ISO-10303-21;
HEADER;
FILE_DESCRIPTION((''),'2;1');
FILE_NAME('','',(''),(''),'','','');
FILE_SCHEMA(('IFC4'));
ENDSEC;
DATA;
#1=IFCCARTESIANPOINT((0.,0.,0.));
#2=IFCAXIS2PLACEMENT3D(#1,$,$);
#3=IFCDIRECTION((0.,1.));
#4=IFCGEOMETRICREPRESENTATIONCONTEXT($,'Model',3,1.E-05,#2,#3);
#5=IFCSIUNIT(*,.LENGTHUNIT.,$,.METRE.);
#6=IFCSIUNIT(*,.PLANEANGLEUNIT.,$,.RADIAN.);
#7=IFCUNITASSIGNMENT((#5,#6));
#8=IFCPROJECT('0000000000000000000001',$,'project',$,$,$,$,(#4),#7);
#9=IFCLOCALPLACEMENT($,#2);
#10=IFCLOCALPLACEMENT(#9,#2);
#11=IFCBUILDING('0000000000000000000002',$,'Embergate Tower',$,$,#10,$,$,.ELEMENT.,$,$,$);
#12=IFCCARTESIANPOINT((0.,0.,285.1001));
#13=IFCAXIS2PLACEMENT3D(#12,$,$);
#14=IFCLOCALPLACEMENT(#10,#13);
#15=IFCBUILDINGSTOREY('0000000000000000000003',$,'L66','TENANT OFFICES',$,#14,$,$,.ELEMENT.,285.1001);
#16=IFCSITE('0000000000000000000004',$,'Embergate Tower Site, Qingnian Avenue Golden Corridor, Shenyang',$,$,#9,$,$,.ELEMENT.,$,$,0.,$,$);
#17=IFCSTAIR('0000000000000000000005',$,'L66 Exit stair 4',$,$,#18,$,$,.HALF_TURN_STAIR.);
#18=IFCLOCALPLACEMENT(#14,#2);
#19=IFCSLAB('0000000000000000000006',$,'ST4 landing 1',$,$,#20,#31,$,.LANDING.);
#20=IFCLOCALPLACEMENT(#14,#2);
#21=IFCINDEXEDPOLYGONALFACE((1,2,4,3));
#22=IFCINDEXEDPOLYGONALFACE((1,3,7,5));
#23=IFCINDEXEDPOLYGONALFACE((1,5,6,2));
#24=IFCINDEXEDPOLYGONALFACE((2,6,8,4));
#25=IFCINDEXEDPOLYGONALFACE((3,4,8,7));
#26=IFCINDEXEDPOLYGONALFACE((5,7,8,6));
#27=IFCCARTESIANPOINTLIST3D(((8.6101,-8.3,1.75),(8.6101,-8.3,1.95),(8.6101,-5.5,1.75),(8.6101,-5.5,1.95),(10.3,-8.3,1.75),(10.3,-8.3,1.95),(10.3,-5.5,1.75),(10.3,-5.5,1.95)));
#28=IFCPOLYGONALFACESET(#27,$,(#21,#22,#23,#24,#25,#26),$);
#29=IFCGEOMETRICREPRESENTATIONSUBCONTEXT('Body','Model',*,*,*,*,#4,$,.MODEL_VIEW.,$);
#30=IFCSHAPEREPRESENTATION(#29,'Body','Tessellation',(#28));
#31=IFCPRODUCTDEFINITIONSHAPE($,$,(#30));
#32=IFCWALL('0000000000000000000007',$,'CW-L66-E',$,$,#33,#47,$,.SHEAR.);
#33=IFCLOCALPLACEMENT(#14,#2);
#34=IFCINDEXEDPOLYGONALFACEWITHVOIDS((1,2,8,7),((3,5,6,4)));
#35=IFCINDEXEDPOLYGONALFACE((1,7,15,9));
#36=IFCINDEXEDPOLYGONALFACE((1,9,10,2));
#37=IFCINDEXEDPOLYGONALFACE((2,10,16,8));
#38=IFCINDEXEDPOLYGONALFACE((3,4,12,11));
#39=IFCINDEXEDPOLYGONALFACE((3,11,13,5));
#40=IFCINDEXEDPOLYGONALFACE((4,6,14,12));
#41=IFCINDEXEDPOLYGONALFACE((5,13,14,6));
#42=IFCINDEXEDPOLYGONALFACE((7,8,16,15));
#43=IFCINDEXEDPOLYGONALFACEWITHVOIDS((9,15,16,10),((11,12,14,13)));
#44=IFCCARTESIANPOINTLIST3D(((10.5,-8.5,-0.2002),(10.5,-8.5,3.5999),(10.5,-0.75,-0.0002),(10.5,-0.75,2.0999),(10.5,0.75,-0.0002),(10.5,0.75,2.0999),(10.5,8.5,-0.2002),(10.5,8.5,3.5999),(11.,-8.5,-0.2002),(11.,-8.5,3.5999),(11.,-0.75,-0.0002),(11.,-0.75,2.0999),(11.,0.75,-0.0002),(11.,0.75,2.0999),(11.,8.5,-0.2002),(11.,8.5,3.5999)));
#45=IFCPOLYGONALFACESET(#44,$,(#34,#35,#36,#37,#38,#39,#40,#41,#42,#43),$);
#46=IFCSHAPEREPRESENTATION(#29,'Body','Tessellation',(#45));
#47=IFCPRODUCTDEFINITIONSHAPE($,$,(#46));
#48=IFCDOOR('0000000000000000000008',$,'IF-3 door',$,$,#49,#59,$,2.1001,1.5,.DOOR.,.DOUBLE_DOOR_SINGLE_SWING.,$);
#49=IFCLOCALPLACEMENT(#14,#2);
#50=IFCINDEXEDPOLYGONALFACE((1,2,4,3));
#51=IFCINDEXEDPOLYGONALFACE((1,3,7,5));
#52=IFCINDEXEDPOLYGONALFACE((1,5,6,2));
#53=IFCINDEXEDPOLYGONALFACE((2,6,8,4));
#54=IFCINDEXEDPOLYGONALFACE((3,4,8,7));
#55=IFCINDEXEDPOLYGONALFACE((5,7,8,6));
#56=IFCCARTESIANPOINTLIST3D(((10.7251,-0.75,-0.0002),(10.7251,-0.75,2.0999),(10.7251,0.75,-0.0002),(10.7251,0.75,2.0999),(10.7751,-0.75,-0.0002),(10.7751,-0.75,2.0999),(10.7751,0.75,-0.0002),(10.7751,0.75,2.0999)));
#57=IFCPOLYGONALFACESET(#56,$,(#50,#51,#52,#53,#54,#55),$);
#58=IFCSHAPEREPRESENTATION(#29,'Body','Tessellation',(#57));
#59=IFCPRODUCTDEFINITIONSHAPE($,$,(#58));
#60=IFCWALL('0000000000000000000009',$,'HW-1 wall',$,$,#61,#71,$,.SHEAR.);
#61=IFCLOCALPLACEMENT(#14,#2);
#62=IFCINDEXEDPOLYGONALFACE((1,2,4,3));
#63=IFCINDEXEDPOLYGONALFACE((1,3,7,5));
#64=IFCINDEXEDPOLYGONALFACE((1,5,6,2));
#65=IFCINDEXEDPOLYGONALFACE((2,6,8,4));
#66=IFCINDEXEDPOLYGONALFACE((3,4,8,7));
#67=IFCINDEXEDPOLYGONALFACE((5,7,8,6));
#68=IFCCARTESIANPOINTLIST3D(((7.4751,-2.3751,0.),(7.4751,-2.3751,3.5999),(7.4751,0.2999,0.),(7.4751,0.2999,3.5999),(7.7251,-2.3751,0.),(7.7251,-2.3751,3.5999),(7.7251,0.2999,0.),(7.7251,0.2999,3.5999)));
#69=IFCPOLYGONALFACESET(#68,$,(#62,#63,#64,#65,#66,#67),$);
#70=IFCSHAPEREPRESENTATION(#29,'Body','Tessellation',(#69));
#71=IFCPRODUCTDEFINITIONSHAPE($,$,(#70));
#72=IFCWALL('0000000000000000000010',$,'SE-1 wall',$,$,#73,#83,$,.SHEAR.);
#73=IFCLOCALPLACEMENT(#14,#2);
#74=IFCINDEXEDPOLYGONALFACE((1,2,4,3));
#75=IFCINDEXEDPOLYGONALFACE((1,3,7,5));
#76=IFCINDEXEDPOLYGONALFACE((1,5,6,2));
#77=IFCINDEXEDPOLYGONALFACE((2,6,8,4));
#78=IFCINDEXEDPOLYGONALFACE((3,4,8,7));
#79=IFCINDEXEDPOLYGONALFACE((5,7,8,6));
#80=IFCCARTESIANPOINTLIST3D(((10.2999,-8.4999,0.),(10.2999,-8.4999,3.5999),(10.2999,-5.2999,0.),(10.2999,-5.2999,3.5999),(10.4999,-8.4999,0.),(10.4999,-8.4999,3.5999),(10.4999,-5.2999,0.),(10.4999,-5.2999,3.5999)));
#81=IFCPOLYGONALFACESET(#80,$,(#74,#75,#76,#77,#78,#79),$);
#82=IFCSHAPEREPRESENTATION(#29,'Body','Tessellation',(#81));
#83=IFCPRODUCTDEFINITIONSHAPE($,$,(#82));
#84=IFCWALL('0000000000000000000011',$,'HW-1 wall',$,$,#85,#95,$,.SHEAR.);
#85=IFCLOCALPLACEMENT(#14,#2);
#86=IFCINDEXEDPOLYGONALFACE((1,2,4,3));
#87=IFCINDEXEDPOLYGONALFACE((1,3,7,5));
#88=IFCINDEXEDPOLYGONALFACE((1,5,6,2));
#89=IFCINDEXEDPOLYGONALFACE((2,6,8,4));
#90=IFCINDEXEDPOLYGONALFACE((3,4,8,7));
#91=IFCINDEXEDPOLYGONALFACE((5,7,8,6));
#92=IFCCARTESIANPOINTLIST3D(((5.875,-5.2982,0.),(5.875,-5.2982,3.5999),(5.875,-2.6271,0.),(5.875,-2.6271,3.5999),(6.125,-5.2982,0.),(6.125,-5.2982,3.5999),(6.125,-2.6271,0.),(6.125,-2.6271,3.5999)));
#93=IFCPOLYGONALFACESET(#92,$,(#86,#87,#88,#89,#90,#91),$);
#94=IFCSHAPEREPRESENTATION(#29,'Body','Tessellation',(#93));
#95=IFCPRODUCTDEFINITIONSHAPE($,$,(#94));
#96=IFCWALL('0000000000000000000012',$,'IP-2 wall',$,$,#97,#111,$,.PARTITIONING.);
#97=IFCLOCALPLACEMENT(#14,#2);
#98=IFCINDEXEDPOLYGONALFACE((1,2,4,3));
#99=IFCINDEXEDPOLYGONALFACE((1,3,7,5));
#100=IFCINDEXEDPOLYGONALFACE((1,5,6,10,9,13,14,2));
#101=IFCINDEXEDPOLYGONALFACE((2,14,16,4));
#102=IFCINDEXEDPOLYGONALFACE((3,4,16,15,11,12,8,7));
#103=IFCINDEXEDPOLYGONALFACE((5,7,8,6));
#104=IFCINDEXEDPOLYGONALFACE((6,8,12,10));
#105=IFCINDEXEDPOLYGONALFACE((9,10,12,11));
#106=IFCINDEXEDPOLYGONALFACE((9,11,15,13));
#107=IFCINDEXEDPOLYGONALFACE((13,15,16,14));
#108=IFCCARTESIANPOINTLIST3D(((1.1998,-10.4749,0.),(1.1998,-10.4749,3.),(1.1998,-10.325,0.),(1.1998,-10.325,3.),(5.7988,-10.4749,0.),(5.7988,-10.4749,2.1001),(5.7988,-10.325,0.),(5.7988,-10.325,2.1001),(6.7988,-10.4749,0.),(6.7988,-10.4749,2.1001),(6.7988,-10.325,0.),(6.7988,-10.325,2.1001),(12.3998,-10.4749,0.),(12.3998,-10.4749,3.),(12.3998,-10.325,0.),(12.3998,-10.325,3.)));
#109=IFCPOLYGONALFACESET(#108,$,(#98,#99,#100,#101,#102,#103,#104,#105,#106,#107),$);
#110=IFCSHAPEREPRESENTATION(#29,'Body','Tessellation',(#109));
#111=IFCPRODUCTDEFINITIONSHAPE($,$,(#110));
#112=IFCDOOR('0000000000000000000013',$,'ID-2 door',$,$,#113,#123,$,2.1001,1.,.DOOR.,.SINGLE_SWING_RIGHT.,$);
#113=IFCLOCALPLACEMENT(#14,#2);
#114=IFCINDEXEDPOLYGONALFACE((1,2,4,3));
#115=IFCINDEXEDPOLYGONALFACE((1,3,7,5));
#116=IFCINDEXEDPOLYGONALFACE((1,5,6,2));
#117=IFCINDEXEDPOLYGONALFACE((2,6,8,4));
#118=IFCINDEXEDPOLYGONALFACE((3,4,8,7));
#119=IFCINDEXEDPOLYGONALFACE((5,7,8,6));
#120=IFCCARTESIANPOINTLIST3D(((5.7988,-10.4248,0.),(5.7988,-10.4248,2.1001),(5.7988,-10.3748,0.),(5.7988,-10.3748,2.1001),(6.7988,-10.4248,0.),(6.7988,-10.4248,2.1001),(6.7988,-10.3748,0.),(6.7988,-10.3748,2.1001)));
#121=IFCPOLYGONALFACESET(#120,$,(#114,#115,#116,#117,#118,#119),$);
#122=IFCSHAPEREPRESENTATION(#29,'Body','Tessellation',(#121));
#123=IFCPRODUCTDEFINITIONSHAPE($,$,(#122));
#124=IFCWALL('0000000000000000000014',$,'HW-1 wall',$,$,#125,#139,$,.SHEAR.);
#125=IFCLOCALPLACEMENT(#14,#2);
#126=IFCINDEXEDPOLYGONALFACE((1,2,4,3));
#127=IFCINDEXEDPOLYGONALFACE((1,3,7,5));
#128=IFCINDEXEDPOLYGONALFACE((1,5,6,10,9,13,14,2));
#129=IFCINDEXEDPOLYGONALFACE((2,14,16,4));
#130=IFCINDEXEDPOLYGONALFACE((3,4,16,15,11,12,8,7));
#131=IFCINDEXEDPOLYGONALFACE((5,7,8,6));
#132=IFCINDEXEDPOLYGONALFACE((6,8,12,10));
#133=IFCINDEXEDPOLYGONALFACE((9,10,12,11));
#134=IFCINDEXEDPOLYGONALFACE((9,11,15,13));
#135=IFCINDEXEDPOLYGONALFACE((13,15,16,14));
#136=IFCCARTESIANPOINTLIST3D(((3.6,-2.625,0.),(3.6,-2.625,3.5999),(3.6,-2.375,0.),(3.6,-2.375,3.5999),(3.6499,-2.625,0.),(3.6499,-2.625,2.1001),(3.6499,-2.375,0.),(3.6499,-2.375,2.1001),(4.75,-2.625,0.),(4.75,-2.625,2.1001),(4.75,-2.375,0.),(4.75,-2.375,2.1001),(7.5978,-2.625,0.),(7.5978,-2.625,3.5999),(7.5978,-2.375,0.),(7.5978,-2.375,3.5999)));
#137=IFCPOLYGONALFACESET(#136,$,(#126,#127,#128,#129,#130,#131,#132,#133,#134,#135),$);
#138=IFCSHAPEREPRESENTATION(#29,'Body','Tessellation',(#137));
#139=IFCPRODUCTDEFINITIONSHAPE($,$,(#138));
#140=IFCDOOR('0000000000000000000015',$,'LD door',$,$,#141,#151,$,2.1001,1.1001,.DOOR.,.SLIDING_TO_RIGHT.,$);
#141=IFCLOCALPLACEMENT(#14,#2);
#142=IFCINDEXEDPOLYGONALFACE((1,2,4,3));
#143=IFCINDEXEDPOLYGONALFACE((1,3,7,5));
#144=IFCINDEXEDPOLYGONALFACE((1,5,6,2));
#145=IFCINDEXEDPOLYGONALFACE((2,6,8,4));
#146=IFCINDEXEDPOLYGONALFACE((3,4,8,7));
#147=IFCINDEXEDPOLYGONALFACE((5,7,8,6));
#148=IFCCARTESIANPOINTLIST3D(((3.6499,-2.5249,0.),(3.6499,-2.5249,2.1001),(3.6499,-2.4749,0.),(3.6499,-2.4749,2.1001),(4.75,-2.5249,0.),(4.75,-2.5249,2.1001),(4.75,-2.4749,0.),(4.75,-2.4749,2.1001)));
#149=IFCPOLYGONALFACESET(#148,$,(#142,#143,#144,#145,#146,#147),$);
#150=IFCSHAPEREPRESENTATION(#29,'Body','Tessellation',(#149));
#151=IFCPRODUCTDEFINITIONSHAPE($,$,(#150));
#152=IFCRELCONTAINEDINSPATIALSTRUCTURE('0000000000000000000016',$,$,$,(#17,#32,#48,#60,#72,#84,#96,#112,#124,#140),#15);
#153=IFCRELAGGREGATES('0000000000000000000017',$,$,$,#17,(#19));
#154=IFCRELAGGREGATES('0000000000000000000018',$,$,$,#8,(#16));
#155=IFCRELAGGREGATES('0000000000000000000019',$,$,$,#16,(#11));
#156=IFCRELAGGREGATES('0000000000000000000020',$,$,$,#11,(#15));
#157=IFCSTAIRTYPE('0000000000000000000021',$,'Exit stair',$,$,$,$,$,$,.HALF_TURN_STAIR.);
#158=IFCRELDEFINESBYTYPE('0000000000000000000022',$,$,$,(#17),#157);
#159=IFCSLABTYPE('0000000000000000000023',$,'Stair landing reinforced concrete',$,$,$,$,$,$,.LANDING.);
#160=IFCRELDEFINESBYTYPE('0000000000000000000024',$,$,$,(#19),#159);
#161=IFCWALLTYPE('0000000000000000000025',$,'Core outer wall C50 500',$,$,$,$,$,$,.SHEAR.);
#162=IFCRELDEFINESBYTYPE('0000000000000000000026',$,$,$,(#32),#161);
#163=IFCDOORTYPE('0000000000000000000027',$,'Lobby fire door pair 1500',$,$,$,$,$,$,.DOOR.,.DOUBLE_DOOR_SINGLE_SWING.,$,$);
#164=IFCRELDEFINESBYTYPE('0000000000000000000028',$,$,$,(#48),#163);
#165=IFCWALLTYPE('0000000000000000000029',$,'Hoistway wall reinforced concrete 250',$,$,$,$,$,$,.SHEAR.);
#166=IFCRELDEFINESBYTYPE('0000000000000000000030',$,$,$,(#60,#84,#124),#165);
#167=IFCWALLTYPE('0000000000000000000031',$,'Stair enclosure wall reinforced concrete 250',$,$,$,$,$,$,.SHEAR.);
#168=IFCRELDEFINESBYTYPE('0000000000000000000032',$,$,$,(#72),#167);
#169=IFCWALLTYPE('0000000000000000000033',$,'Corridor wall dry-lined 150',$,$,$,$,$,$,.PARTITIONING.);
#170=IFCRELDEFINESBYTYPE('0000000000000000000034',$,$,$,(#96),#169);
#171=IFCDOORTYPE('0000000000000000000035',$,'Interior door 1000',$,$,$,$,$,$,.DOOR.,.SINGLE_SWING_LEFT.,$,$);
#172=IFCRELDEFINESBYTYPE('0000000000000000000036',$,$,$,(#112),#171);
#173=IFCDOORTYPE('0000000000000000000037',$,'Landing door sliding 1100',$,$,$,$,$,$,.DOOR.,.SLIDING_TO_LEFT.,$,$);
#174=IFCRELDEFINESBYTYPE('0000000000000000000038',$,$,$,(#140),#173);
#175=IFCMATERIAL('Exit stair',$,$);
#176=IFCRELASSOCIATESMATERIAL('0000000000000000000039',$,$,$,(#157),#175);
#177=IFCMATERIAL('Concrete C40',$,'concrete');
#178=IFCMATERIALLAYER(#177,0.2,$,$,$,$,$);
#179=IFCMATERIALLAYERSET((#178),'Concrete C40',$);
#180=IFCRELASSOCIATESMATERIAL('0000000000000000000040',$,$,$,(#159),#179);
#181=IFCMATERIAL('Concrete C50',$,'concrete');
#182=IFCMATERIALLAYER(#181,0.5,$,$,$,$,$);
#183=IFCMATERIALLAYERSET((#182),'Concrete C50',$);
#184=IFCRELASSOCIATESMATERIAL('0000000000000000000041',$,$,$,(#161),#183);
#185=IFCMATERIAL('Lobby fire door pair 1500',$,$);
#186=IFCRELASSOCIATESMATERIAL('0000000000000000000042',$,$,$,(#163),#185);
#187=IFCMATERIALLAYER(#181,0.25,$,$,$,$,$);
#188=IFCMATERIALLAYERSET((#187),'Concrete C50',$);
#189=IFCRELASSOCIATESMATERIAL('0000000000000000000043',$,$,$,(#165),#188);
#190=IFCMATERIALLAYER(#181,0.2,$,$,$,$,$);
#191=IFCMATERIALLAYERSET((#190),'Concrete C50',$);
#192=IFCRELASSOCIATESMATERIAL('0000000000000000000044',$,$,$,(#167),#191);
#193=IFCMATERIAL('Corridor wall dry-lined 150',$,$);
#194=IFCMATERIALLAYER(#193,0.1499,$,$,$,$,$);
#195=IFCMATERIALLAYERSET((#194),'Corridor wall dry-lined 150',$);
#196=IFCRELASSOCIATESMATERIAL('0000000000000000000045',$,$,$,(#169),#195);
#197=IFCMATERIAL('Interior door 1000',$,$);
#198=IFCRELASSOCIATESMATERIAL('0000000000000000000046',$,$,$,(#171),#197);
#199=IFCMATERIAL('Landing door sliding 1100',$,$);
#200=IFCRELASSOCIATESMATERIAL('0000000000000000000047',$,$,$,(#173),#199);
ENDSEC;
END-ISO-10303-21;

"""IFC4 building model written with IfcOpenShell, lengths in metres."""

from ifc_helpers import new_model, si_unit, direction, frame, frame_2d, origin, place, context, subcontext, project, spatial, polyline, rectangle, outline, extrude, source, transform, mapped, material, layer, layer_set, type_object, element, fill, aggregate, save


model = new_model("IFC4")

# Units and contexts
model_context = context("Model", 3, precision=1e-05, world=origin(), true_north=direction((0.0, 1.0)))
body_context = subcontext(model_context, "Body", "Model", "MODEL_VIEW")
ifc_project = project(units=[si_unit("LENGTHUNIT", "METRE"), si_unit("PLANEANGLEUNIT", "RADIAN")], contexts=[model_context])

# Site, building, storey
site_placement = place(None, origin())
site = spatial("IfcSite", under=ifc_project, at=site_placement, Name="Embergate Tower Site, Qingnian Avenue Golden Corridor, Shenyang", CompositionType="ELEMENT", RefElevation=0.0)
building_placement = place(site_placement, origin())
building = spatial("IfcBuilding", under=site, at=building_placement, Name="Embergate Tower", CompositionType="ELEMENT")
storey_placement = place(building_placement, frame((0.0, 0.0, 285.1001)))
storey = spatial("IfcBuildingStorey", under=building, at=storey_placement, Name="L66", Description="TENANT OFFICES", CompositionType="ELEMENT", Elevation=285.1001)

# Stair, slab
ifc_material_1 = material(Name="Exit stair")
stair_type = type_object("IfcStairType", Name="Exit stair", PredefinedType="HALF_TURN_STAIR", material=ifc_material_1)
stair_placement = place(storey_placement, origin())
stair = element("IfcStair", 1, at=stair_placement, inside=storey, type_object=stair_type, Name="L66 Exit stair 4", PredefinedType="HALF_TURN_STAIR")
ifc_material_2 = material(Name="Concrete C40", Category="concrete")
ifc_layer_1 = layer(ifc_material_2, 0.2)
ifc_layer_set_1 = layer_set([ifc_layer_1], Name="Concrete C40")
slab_type = type_object("IfcSlabType", Name="Stair landing reinforced concrete", PredefinedType="LANDING", material=ifc_layer_set_1)
shared_shape_1 = source(origin(), body_context, "Body", "SweptSolid", [
    extrude(outline(polyline([(0.0, 0.0), (1.6899, 0.0), (1.6899, 2.8), (0.0, 2.8), (0.0, 0.0)])), origin(), (0.0, 0.0, 1.0), 0.2),
])
slab_placement = place(storey_placement, frame((8.6101, -8.3, 1.75)))
slab = element("IfcSlab", 2, at=slab_placement, type_object=slab_type, Name="ST4 landing 1", PredefinedType="LANDING", context=body_context, shape_type="MappedRepresentation", body=[
    mapped(shared_shape_1, transform((0.0, 0.0, 0.0))),
])

# Wall, opening, door
ifc_material_3 = material(Name="Concrete C50", Category="concrete")
ifc_layer_2 = layer(ifc_material_3, 0.5)
ifc_layer_set_2 = layer_set([ifc_layer_2], Name="Concrete C50")
wall_type_1 = type_object("IfcWallType", Name="Core outer wall C50 500", PredefinedType="SHEAR", material=ifc_layer_set_2)
shared_shape_2 = source(origin(), body_context, "Body", "SweptSolid", [
    extrude(rectangle(XDim=17.0, YDim=0.5, at=frame_2d((8.5, 0.0))), origin(), (0.0, 0.0, 1.0), 3.8),
])
wall_1_placement = place(storey_placement, frame((10.75, -8.5, -0.2002), z_axis=(0.0, 0.0, 1.0), x_axis=(0.0, 1.0, 0.0)))
wall_1 = element("IfcWall", 3, at=wall_1_placement, inside=storey, type_object=wall_type_1, Name="CW-L66-E", PredefinedType="SHEAR", context=body_context, shape_type="MappedRepresentation", body=[
    mapped(shared_shape_2, transform((0.0, 0.0, 0.0))),
])
shared_shape_3 = source(origin(), body_context, "Body", "SweptSolid", [
    extrude(rectangle(XDim=1.5, YDim=2.1001, at=frame_2d((0.75, 1.05))), frame((0.0, 0.26, 0.0), z_axis=(0.0, -1.0, 0.0), x_axis=(1.0, 0.0, 0.0)), (0.0, 0.0, 1.0), 0.52),
])
opening_1_placement = place(wall_1_placement, frame((7.75, 0.0, 0.2)))
opening_1 = element("IfcOpeningElement", 4, at=opening_1_placement, cuts=wall_1, PredefinedType="OPENING", context=body_context, shape_type="MappedRepresentation", body=[
    mapped(shared_shape_3, transform((0.0, 0.0, 0.0))),
])
ifc_material_4 = material(Name="Lobby fire door pair 1500")
door_type_1 = type_object("IfcDoorType", Name="Lobby fire door pair 1500", OperationType="DOUBLE_DOOR_SINGLE_SWING", PredefinedType="DOOR", material=ifc_material_4)
shared_shape_4 = source(origin(), body_context, "Body", "SweptSolid", [
    extrude(rectangle(XDim=1.5, YDim=2.1001, at=frame_2d((0.75, 1.05))), frame((0.0, 0.0249, 0.0), z_axis=(0.0, -1.0, 0.0), x_axis=(1.0, 0.0, 0.0)), (0.0, 0.0, 1.0), 0.05),
])
door_1_placement = place(opening_1_placement, origin())
door_1 = element("IfcDoor", 5, at=door_1_placement, inside=storey, type_object=door_type_1, Name="IF-3 door", OperationType="DOUBLE_DOOR_SINGLE_SWING", OverallHeight=2.1001, OverallWidth=1.5, PredefinedType="DOOR", context=body_context, shape_type="MappedRepresentation", body=[
    mapped(shared_shape_4, transform((0.0, 0.0, 0.0))),
])
fill(opening_1, door_1)

# Walls
ifc_layer_3 = layer(ifc_material_3, 0.25)
ifc_layer_set_3 = layer_set([ifc_layer_3], Name="Concrete C50")
wall_type_2 = type_object("IfcWallType", Name="Hoistway wall reinforced concrete 250", PredefinedType="SHEAR", material=ifc_layer_set_3)
shared_shape_5 = source(origin(), body_context, "Body", "SweptSolid", [
    extrude(rectangle(XDim=2.675, YDim=0.25, at=frame_2d((1.3374, 0.0))), origin(), (0.0, 0.0, 1.0), 3.5999),
])
wall_2_placement = place(storey_placement, frame((7.6001, -2.375, 0.0), z_axis=(0.0, 0.0, 1.0), x_axis=(0.0, 1.0, 0.0)))
element("IfcWall", 6, at=wall_2_placement, inside=storey, type_object=wall_type_2, Name="HW-1 wall", PredefinedType="SHEAR", context=body_context, shape_type="MappedRepresentation", body=[
    mapped(shared_shape_5, transform((0.0, 0.0, 0.0))),
])
ifc_layer_4 = layer(ifc_material_3, 0.2)
ifc_layer_set_4 = layer_set([ifc_layer_4], Name="Concrete C50")
wall_type_3 = type_object("IfcWallType", Name="Stair enclosure wall reinforced concrete 250", PredefinedType="SHEAR", material=ifc_layer_set_4)
shared_shape_6 = source(origin(), body_context, "Body", "SweptSolid", [
    extrude(rectangle(XDim=3.2, YDim=0.2, at=frame_2d((1.6001, 0.0))), origin(), (0.0, 0.0, 1.0), 3.5999),
])
wall_3_placement = place(storey_placement, frame((10.3999, -8.5, 0.0), z_axis=(0.0, 0.0, 1.0), x_axis=(0.0, 1.0, 0.0)))
element("IfcWall", 7, at=wall_3_placement, inside=storey, type_object=wall_type_3, Name="SE-1 wall", PredefinedType="SHEAR", context=body_context, shape_type="MappedRepresentation", body=[
    mapped(shared_shape_6, transform((0.0, 0.0, 0.0))),
])
shared_shape_7 = source(origin(), body_context, "Body", "SweptSolid", [
    extrude(rectangle(XDim=2.6711, YDim=0.25, at=frame_2d((1.3354, 0.0))), origin(), (0.0, 0.0, 1.0), 3.5999),
])
wall_4_placement = place(storey_placement, frame((6.0, -5.2981, 0.0), z_axis=(0.0, 0.0, 1.0), x_axis=(0.0, 1.0, 0.0)))
element("IfcWall", 8, at=wall_4_placement, inside=storey, type_object=wall_type_2, Name="HW-1 wall", PredefinedType="SHEAR", context=body_context, shape_type="MappedRepresentation", body=[
    mapped(shared_shape_7, transform((0.0, 0.0, 0.0))),
])

# Walls, openings, doors
ifc_material_5 = material(Name="Corridor wall dry-lined 150")
ifc_layer_5 = layer(ifc_material_5, 0.1499)
ifc_layer_set_5 = layer_set([ifc_layer_5], Name="Corridor wall dry-lined 150")
wall_type_4 = type_object("IfcWallType", Name="Corridor wall dry-lined 150", PredefinedType="PARTITIONING", material=ifc_layer_set_5)
shared_shape_8 = source(origin(), body_context, "Body", "SweptSolid", [
    extrude(rectangle(XDim=11.2, YDim=0.1499, at=frame_2d((5.6001, 0.0))), origin(), (0.0, 0.0, 1.0), 3.0),
])
wall_5_placement = place(storey_placement, frame((12.3999, -10.3999, 0.0), z_axis=(0.0, 0.0, 1.0), x_axis=(-1.0, 0.0, 0.0)))
wall_5 = element("IfcWall", 9, at=wall_5_placement, inside=storey, type_object=wall_type_4, Name="IP-2 wall", PredefinedType="PARTITIONING", context=body_context, shape_type="MappedRepresentation", body=[
    mapped(shared_shape_8, transform((0.0, 0.0, 0.0))),
])
shared_shape_9 = source(origin(), body_context, "Body", "SweptSolid", [
    extrude(rectangle(XDim=1.0, YDim=2.1001, at=frame_2d((0.5, 1.05))), frame((0.0, 0.085, 0.0), z_axis=(0.0, -1.0, 0.0), x_axis=(1.0, 0.0, 0.0)), (0.0, 0.0, 1.0), 0.1699),
])
opening_2_placement = place(wall_5_placement, frame((5.6011, 0.0, 0.0)))
opening_2 = element("IfcOpeningElement", 10, at=opening_2_placement, cuts=wall_5, PredefinedType="OPENING", context=body_context, shape_type="MappedRepresentation", body=[
    mapped(shared_shape_9, transform((0.0, 0.0, 0.0))),
])
ifc_material_6 = material(Name="Interior door 1000")
door_type_2 = type_object("IfcDoorType", Name="Interior door 1000", OperationType="SINGLE_SWING_LEFT", PredefinedType="DOOR", material=ifc_material_6)
shared_shape_10 = source(origin(), body_context, "Body", "SweptSolid", [
    extrude(rectangle(XDim=1.0, YDim=2.1001, at=frame_2d((0.5, 1.05))), frame((0.0, 0.0249, 0.0), z_axis=(0.0, -1.0, 0.0), x_axis=(1.0, 0.0, 0.0)), (0.0, 0.0, 1.0), 0.05),
])
door_2_placement = place(opening_2_placement, origin())
door_2 = element("IfcDoor", 11, at=door_2_placement, inside=storey, type_object=door_type_2, Name="ID-2 door", OperationType="SINGLE_SWING_RIGHT", OverallHeight=2.1001, OverallWidth=1.0, PredefinedType="DOOR", context=body_context, shape_type="MappedRepresentation", body=[
    mapped(shared_shape_10, transform((0.0, 0.0, 0.0))),
])
fill(opening_2, door_2)
shared_shape_11 = source(origin(), body_context, "Body", "SweptSolid", [
    extrude(rectangle(XDim=3.9978, YDim=0.25, at=frame_2d((1.999, 0.0))), origin(), (0.0, 0.0, 1.0), 3.5999),
])
wall_6_placement = place(storey_placement, frame((7.5979, -2.5, 0.0), z_axis=(0.0, 0.0, 1.0), x_axis=(-1.0, 0.0, 0.0)))
wall_6 = element("IfcWall", 12, at=wall_6_placement, inside=storey, type_object=wall_type_2, Name="HW-1 wall", PredefinedType="SHEAR", context=body_context, shape_type="MappedRepresentation", body=[
    mapped(shared_shape_11, transform((0.0, 0.0, 0.0))),
])
shared_shape_12 = source(origin(), body_context, "Body", "SweptSolid", [
    extrude(rectangle(XDim=1.1001, YDim=2.1001, at=frame_2d((0.55, 1.05))), frame((0.0, 0.135, 0.0), z_axis=(0.0, -1.0, 0.0), x_axis=(1.0, 0.0, 0.0)), (0.0, 0.0, 1.0), 0.27),
])
opening_3_placement = place(wall_6_placement, frame((2.8479, 0.0, 0.0)))
opening_3 = element("IfcOpeningElement", 13, at=opening_3_placement, cuts=wall_6, PredefinedType="OPENING", context=body_context, shape_type="MappedRepresentation", body=[
    mapped(shared_shape_12, transform((0.0, 0.0, 0.0))),
])
ifc_material_7 = material(Name="Landing door sliding 1100")
door_type_3 = type_object("IfcDoorType", Name="Landing door sliding 1100", OperationType="SLIDING_TO_LEFT", PredefinedType="DOOR", material=ifc_material_7)
shared_shape_13 = source(origin(), body_context, "Body", "SweptSolid", [
    extrude(rectangle(XDim=1.1001, YDim=2.1001, at=frame_2d((0.55, 1.05))), frame((0.0, 0.0249, 0.0), z_axis=(0.0, -1.0, 0.0), x_axis=(1.0, 0.0, 0.0)), (0.0, 0.0, 1.0), 0.05),
])
door_3_placement = place(opening_3_placement, origin())
door_3 = element("IfcDoor", 14, at=door_3_placement, inside=storey, type_object=door_type_3, Name="LD door", OperationType="SLIDING_TO_RIGHT", OverallHeight=2.1001, OverallWidth=1.1001, PredefinedType="DOOR", context=body_context, shape_type="MappedRepresentation", body=[
    mapped(shared_shape_13, transform((0.0, 0.0, 0.0))),
])
fill(opening_3, door_3)

aggregate(stair, [slab])

save(model, "model.ifc")
